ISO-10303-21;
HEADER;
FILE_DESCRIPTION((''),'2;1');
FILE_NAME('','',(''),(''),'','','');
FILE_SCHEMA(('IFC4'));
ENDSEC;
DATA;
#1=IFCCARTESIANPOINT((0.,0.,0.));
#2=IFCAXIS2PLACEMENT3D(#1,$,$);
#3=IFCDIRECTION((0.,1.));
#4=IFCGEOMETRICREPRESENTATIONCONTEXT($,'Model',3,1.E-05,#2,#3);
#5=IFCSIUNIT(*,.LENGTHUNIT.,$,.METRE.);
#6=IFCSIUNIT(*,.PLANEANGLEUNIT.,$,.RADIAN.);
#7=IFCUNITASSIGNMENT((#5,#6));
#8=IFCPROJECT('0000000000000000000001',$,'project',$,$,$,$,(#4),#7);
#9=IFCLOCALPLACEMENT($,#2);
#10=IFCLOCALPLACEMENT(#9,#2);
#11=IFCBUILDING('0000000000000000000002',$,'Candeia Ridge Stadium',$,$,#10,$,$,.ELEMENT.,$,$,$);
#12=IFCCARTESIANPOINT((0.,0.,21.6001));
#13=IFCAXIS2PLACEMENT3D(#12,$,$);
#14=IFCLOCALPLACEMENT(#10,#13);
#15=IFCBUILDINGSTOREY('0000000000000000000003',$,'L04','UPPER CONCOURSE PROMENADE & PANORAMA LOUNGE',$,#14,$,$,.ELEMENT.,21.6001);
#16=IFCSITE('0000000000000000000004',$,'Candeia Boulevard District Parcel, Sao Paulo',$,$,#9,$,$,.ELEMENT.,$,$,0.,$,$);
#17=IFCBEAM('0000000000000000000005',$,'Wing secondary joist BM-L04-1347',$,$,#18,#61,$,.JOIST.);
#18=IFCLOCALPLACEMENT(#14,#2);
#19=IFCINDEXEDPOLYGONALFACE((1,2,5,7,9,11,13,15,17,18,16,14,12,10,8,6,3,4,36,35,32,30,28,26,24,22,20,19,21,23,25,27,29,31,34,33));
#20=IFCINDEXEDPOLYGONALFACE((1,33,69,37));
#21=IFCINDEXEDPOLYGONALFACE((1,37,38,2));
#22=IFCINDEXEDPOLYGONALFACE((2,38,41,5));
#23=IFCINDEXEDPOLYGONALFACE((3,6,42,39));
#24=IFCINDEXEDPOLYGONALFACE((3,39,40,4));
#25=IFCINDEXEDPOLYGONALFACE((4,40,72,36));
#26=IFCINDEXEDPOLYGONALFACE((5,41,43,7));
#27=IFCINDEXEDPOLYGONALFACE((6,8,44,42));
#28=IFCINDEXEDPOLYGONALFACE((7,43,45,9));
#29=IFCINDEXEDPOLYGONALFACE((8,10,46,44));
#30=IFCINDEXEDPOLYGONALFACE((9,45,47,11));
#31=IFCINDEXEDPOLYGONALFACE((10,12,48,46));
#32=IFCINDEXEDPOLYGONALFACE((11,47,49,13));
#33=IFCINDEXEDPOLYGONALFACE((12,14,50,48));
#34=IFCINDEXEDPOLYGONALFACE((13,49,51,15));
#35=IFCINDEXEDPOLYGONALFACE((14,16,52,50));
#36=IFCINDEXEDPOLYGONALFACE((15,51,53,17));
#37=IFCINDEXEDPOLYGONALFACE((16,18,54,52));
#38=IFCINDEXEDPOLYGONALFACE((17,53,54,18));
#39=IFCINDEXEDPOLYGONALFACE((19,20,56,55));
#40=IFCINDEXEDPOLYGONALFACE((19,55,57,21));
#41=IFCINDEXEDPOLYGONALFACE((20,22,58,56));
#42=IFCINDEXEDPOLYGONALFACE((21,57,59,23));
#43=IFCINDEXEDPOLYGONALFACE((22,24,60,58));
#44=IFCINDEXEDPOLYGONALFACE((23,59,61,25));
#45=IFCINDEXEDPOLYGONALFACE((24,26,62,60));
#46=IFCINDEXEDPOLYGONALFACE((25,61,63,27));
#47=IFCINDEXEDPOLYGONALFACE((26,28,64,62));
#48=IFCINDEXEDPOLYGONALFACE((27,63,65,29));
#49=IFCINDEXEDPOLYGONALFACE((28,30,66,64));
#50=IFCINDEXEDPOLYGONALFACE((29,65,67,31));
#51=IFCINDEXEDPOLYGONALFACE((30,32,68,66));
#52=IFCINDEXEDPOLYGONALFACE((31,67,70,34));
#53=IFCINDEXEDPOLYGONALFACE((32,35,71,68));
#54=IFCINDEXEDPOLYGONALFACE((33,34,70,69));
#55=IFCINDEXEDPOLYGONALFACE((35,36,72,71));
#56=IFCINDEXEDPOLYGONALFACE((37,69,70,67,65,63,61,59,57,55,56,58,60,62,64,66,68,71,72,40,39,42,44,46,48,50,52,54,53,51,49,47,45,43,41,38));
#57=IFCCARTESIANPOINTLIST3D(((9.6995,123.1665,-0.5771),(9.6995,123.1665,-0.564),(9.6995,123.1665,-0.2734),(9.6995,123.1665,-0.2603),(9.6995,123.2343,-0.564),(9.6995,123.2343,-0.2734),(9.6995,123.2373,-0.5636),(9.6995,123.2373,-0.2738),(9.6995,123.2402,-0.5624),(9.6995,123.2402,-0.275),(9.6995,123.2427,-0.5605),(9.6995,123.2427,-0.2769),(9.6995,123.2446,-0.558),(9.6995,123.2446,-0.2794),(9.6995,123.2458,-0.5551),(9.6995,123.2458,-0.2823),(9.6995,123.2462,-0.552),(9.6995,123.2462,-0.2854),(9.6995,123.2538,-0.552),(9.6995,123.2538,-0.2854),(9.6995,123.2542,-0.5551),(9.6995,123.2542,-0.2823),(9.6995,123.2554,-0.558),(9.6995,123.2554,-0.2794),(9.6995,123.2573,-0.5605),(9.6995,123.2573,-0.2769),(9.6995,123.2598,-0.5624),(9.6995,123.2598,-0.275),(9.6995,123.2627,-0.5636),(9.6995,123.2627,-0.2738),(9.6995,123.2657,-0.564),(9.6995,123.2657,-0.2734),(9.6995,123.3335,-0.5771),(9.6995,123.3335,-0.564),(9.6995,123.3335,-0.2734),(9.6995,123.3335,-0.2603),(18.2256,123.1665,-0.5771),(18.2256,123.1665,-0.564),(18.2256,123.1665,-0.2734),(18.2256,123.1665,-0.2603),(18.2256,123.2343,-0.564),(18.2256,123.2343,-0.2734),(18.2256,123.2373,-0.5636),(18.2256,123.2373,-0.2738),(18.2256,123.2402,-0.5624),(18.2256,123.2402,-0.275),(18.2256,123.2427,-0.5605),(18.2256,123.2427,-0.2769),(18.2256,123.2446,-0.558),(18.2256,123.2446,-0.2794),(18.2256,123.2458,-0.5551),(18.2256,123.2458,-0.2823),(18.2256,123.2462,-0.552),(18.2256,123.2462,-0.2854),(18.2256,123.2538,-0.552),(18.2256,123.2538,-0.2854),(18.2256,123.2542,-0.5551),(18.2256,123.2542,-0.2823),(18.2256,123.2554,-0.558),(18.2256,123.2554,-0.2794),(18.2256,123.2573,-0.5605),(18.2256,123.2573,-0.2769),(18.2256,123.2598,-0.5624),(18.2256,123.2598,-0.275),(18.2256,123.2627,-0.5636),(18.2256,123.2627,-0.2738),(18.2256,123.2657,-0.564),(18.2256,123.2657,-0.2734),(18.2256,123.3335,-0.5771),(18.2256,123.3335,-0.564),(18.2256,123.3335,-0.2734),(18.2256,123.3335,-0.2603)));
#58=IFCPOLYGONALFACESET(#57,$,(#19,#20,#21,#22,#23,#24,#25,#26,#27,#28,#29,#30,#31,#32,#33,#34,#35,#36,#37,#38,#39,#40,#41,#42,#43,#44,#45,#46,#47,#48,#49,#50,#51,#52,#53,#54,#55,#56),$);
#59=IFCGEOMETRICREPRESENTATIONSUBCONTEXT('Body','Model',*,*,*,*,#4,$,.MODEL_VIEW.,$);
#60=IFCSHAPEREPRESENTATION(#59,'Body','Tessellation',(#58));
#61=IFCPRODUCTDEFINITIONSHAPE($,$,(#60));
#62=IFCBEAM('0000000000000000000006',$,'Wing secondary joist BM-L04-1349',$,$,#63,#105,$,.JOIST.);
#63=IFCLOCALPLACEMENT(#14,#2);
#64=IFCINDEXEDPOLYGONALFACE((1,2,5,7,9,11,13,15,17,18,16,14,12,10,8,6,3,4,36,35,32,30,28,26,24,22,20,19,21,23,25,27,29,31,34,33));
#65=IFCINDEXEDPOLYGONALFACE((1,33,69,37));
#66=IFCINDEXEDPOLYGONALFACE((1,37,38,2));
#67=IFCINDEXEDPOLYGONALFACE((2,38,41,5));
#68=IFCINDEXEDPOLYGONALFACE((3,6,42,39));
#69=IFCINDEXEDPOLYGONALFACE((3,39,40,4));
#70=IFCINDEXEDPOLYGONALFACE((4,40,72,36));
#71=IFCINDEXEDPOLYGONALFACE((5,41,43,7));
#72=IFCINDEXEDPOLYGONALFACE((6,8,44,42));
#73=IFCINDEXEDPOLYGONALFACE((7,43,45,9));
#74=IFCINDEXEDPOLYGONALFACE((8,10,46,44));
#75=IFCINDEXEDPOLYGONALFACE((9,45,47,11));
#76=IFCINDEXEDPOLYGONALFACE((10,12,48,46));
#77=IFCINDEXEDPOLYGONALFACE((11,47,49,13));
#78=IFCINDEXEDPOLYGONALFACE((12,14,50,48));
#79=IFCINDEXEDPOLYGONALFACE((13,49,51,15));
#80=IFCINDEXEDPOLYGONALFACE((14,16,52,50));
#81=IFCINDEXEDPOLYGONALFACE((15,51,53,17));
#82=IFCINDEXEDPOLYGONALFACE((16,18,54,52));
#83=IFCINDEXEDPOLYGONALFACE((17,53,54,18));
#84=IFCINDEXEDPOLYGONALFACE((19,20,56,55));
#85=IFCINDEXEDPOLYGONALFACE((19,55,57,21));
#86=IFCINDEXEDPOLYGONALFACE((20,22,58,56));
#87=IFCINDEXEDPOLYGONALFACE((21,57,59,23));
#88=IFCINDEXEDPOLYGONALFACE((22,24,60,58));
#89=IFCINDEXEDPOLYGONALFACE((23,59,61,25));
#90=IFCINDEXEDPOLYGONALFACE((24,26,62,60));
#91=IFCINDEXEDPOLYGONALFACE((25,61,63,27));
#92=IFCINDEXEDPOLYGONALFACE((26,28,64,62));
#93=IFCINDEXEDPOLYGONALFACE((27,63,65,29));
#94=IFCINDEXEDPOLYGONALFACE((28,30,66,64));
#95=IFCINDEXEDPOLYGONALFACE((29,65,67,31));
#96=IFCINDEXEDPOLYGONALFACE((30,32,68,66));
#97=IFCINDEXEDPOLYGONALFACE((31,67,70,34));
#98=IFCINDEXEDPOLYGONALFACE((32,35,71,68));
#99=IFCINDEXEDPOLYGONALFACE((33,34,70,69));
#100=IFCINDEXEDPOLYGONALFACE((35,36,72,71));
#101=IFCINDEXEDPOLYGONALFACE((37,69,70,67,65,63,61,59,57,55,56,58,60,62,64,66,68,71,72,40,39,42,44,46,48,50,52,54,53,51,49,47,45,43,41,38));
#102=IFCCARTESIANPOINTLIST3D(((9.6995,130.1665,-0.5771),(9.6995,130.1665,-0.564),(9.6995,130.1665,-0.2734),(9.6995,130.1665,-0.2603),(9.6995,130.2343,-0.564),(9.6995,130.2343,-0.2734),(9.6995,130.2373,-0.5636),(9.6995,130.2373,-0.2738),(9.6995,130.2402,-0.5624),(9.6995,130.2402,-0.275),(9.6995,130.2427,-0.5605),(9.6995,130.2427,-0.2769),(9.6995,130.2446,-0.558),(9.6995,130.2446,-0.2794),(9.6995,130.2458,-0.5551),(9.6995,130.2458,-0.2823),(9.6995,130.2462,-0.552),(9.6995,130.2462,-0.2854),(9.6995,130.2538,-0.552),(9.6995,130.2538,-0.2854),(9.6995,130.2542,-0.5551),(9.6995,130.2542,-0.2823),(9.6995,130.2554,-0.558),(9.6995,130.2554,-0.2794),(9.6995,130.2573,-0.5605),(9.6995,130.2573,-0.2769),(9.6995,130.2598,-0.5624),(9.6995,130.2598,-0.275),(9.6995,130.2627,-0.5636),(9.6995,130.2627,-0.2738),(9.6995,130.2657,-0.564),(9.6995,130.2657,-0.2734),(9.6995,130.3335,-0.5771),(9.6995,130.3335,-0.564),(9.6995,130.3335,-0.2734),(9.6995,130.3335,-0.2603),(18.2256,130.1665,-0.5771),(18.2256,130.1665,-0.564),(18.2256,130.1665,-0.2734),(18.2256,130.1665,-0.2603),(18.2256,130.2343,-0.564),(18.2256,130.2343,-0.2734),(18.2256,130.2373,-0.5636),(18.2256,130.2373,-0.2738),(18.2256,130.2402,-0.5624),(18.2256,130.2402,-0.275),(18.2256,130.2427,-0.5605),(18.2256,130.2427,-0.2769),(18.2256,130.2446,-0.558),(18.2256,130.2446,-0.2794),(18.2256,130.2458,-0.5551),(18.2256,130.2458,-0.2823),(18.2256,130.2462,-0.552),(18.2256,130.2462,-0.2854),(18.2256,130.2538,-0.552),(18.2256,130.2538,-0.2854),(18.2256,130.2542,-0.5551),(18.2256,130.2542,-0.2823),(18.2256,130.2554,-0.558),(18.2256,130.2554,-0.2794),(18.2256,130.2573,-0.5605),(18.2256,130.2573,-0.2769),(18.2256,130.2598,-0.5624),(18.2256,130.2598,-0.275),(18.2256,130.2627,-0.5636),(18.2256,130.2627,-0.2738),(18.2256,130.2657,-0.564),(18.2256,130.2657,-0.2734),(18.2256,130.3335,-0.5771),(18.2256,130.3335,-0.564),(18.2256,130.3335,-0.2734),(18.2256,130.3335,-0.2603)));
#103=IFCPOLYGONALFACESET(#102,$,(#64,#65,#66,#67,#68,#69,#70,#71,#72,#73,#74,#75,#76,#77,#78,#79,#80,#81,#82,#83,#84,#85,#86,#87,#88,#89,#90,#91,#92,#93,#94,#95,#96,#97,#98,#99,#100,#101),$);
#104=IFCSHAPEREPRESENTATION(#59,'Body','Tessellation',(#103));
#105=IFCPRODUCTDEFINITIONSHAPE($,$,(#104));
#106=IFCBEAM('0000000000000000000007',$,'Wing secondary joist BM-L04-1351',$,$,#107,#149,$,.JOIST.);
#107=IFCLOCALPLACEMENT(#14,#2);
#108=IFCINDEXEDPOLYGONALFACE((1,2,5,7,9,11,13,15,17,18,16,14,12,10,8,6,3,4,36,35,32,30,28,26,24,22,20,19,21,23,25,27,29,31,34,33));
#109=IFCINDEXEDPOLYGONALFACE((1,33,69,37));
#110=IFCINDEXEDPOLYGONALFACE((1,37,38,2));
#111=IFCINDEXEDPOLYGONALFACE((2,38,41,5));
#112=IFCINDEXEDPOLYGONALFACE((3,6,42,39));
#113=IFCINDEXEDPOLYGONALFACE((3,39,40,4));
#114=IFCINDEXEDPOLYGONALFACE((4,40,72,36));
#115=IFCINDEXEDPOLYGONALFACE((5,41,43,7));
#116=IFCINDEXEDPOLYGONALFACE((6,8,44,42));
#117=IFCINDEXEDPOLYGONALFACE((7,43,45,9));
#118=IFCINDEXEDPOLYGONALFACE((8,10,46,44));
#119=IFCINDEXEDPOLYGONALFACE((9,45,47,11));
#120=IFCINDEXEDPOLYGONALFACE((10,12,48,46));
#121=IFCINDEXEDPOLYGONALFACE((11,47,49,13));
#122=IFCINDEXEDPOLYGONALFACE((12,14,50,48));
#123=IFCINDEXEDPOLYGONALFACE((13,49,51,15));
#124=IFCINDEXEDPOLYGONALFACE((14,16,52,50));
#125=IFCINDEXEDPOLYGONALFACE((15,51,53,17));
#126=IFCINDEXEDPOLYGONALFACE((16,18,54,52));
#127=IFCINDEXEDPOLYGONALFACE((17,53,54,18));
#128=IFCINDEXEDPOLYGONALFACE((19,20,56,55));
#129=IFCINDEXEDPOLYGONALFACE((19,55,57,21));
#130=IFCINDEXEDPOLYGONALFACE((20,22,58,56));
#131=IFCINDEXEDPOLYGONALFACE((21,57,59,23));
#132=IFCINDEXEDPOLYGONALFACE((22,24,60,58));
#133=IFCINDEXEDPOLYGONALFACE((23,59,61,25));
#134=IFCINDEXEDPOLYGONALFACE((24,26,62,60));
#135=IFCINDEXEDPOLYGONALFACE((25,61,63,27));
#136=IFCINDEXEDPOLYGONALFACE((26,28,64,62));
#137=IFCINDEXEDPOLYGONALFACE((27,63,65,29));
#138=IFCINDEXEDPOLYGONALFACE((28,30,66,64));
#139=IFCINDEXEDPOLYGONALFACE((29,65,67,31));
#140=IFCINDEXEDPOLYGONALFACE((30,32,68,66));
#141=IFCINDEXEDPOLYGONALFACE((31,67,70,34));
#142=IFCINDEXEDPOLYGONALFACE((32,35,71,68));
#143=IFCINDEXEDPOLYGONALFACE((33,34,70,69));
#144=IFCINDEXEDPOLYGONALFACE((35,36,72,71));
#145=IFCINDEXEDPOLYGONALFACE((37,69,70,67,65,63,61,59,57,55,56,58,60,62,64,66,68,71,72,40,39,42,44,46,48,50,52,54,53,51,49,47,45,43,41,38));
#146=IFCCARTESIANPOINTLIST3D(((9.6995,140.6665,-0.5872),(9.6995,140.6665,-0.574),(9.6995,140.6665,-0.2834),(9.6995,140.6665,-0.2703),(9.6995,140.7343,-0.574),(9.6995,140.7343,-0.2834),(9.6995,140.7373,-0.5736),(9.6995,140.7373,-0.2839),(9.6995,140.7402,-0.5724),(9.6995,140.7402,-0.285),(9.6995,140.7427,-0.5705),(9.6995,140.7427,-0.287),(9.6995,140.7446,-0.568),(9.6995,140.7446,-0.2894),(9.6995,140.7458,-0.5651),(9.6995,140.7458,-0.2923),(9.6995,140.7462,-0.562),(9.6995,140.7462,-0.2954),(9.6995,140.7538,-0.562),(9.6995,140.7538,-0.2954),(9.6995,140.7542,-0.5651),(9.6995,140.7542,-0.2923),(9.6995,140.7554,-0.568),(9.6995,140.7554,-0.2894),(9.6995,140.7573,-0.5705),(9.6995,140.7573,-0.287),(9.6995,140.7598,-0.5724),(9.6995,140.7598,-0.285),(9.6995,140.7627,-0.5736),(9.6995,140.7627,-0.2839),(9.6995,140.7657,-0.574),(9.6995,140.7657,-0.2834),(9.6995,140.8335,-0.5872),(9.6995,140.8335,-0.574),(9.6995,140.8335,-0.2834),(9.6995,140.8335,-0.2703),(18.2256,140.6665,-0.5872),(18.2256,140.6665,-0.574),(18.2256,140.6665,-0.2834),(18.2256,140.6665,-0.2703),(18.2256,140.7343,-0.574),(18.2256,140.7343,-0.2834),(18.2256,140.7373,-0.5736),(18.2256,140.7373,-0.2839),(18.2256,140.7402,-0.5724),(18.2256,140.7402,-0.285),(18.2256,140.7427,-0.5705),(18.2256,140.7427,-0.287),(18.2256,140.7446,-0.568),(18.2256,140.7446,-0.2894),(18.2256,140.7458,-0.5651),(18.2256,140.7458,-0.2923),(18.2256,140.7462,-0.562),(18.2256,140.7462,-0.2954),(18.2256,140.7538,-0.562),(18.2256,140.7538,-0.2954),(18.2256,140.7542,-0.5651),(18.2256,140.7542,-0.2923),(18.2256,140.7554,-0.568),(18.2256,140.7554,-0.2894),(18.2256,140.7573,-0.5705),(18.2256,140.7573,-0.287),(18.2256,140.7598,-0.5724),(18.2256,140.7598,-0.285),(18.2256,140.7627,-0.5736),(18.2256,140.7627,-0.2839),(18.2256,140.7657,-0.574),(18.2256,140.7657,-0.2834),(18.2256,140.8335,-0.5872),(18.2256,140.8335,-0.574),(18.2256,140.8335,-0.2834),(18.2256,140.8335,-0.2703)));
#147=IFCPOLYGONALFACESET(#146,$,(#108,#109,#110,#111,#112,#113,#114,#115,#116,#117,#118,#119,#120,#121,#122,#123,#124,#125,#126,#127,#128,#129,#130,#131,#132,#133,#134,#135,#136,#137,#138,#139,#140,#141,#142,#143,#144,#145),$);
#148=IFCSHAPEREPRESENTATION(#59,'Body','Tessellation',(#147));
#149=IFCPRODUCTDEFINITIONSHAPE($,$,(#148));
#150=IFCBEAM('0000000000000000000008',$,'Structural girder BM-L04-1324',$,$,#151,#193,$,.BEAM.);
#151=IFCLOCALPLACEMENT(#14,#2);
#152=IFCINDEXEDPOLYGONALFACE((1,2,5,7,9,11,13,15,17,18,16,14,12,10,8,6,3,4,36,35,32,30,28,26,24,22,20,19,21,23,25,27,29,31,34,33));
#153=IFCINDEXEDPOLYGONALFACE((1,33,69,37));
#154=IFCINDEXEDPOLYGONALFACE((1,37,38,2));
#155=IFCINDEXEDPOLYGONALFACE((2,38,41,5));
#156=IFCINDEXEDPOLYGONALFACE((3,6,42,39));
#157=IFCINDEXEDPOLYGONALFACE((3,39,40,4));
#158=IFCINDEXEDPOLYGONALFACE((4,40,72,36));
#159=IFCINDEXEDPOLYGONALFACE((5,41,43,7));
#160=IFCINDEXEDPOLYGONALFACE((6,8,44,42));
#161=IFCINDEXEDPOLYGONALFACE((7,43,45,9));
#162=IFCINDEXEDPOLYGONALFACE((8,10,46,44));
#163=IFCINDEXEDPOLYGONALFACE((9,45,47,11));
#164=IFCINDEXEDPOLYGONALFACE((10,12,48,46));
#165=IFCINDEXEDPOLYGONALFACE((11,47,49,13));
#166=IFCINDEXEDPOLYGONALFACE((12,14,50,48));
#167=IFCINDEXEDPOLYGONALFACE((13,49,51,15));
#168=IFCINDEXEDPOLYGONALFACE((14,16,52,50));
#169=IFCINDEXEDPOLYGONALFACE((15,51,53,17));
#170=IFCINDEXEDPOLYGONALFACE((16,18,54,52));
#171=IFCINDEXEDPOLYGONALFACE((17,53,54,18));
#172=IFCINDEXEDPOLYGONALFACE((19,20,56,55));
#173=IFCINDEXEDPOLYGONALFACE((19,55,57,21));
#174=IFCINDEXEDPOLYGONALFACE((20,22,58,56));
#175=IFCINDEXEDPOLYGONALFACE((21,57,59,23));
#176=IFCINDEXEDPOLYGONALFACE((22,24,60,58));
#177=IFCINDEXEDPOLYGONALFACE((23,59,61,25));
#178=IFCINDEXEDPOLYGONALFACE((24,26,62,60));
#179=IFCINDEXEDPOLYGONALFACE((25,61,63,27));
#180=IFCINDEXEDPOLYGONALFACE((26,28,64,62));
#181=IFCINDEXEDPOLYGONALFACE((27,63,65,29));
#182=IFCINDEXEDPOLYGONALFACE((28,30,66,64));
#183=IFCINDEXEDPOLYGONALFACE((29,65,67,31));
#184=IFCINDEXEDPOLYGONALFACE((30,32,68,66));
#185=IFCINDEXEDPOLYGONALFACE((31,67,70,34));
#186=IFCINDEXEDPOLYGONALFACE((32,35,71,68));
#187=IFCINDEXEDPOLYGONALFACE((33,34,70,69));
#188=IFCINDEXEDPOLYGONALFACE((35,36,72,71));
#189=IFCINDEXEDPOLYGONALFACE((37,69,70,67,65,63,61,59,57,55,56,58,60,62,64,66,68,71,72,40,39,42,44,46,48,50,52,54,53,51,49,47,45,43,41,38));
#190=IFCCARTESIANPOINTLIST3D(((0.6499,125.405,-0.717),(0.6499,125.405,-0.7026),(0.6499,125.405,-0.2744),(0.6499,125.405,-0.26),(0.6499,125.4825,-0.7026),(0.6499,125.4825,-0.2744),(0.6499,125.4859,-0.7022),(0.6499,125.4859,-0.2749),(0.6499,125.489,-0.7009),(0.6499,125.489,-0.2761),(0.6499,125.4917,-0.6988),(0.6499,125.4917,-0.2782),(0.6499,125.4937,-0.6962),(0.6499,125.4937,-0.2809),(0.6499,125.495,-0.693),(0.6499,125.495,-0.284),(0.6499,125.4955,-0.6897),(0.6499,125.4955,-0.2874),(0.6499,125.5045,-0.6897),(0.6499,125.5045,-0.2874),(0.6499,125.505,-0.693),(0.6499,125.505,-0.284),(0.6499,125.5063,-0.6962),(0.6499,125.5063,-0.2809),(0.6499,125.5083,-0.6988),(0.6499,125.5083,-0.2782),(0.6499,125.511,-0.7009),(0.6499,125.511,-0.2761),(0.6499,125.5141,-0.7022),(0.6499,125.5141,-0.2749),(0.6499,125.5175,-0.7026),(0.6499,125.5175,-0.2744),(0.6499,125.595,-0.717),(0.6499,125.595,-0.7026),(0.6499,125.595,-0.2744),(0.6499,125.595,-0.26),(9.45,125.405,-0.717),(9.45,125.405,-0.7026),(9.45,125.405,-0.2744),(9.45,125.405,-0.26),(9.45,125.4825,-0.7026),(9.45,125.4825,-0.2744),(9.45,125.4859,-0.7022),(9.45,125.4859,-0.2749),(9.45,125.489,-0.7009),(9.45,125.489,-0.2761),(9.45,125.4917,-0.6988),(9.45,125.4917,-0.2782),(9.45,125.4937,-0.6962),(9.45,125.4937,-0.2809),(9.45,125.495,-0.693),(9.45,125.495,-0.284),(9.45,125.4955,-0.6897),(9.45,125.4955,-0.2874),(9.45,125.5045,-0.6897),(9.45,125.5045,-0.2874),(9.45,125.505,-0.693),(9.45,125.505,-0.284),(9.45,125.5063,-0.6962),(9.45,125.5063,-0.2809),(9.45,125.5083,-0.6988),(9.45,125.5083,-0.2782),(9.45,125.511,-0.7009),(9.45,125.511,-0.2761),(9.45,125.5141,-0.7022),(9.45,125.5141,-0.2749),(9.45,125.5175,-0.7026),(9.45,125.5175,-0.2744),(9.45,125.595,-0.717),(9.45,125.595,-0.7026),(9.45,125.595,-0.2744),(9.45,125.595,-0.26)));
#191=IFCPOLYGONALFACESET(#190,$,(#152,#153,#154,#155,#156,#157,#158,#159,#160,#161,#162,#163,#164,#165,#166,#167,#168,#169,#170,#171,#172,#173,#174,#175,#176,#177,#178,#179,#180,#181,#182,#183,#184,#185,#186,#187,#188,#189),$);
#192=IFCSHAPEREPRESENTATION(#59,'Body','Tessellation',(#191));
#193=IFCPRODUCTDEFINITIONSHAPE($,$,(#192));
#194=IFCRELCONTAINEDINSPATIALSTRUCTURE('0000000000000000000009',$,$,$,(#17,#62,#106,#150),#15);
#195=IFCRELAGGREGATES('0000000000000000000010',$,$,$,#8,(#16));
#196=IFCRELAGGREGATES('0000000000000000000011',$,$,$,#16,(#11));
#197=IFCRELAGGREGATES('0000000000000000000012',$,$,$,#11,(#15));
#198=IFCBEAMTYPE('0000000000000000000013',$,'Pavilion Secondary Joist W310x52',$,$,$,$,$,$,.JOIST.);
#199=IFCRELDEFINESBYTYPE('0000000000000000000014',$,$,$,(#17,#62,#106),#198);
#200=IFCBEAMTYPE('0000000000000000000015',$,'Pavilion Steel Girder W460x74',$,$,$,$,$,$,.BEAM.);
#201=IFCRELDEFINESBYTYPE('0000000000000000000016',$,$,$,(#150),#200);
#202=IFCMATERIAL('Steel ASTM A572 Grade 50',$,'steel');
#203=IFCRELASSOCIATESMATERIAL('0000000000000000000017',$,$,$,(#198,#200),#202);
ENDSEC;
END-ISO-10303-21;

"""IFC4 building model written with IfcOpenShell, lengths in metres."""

from ifc_helpers import new_model, si_unit, direction, frame, origin, origin_2d, place, context, subcontext, project, spatial, i_section, extrude, material, material_profile, profile_set, type_object, element, save


model = new_model("IFC4")

# Units and contexts
model_context = context("Model", 3, precision=1e-05, world=origin(), true_north=direction((0.0, 1.0)))
body_context = subcontext(model_context, "Body", "Model", "MODEL_VIEW")
ifc_project = project(units=[si_unit("LENGTHUNIT", "METRE"), si_unit("PLANEANGLEUNIT", "RADIAN")], contexts=[model_context])

# Site, building, storey
site_placement = place(None, origin())
site = spatial("IfcSite", under=ifc_project, at=site_placement, Name="Candeia Boulevard District Parcel, Sao Paulo", CompositionType="ELEMENT", RefElevation=0.0)
building_placement = place(site_placement, origin())
building = spatial("IfcBuilding", under=site, at=building_placement, Name="Candeia Ridge Stadium", CompositionType="ELEMENT")
storey_placement = place(building_placement, frame((0.0, 0.0, 21.6001)))
storey = spatial("IfcBuildingStorey", under=building, at=storey_placement, Name="L04", Description="UPPER CONCOURSE PROMENADE & PANORAMA LOUNGE", CompositionType="ELEMENT", Elevation=21.6001)

# Beams
ifc_material_1 = material(Name="Steel ASTM A572 Grade 50", Category="steel")
ifc_material_profile_1 = material_profile(ifc_material_1, i_section(OverallWidth=0.167, OverallDepth=0.3169, WebThickness=0.0076, FlangeThickness=0.0132, FilletRadius=0.012, at=origin_2d()), Name="W310x52", Category="steel")
ifc_profile_set_1 = profile_set([ifc_material_profile_1], Name="Steel ASTM A572 Grade 50")
beam_type_1 = type_object("IfcBeamType", Name="Pavilion Secondary Joist W310x52", PredefinedType="JOIST", material=ifc_profile_set_1)
for number, where, z_axis, x_axis, name in (
    (1, (9.6995, 123.25, -0.4187), (1.0, 0.0, 0.0), (0.0, 1.0, 0.0), "Wing secondary joist BM-L04-1347"),
    (2, (9.6995, 130.25, -0.4187), (1.0, 0.0, 0.0), (0.0, 1.0, 0.0), "Wing secondary joist BM-L04-1349"),
    (3, (9.6995, 140.75, -0.4287), (1.0, 0.0, 0.0), (0.0, 1.0, 0.0), "Wing secondary joist BM-L04-1351"),
):
    element("IfcBeam", number, at=place(storey_placement, frame(where, z_axis=z_axis, x_axis=x_axis)), inside=storey, type_object=beam_type_1, Name=name, PredefinedType="JOIST", context=body_context, shape_type="SweptSolid", body=[
        extrude(i_section(OverallWidth=0.167, OverallDepth=0.3169, WebThickness=0.0076, FlangeThickness=0.0132, FilletRadius=0.012, at=origin_2d()), origin(), (0.0, 0.0, 1.0), 8.5261),
    ])
ifc_material_profile_2 = material_profile(ifc_material_1, i_section(OverallWidth=0.1899, OverallDepth=0.457, WebThickness=0.009, FlangeThickness=0.0144, FilletRadius=0.0129, at=origin_2d()), Name="W460x74", Category="steel")
ifc_profile_set_2 = profile_set([ifc_material_profile_2], Name="Steel ASTM A572 Grade 50")
beam_type_2 = type_object("IfcBeamType", Name="Pavilion Steel Girder W460x74", PredefinedType="BEAM", material=ifc_profile_set_2)
for number, where, z_axis, x_axis, name in (
    (4, (0.6499, 125.5, -0.4885), (1.0, 0.0, 0.0), (0.0, 1.0, 0.0), "Structural girder BM-L04-1324"),
):
    element("IfcBeam", number, at=place(storey_placement, frame(where, z_axis=z_axis, x_axis=x_axis)), inside=storey, type_object=beam_type_2, Name=name, PredefinedType="BEAM", context=body_context, shape_type="SweptSolid", body=[
        extrude(i_section(OverallWidth=0.1899, OverallDepth=0.457, WebThickness=0.009, FlangeThickness=0.0144, FilletRadius=0.0129, at=origin_2d()), origin(), (0.0, 0.0, 1.0), 8.8),
    ])

save(model, "model.ifc")
